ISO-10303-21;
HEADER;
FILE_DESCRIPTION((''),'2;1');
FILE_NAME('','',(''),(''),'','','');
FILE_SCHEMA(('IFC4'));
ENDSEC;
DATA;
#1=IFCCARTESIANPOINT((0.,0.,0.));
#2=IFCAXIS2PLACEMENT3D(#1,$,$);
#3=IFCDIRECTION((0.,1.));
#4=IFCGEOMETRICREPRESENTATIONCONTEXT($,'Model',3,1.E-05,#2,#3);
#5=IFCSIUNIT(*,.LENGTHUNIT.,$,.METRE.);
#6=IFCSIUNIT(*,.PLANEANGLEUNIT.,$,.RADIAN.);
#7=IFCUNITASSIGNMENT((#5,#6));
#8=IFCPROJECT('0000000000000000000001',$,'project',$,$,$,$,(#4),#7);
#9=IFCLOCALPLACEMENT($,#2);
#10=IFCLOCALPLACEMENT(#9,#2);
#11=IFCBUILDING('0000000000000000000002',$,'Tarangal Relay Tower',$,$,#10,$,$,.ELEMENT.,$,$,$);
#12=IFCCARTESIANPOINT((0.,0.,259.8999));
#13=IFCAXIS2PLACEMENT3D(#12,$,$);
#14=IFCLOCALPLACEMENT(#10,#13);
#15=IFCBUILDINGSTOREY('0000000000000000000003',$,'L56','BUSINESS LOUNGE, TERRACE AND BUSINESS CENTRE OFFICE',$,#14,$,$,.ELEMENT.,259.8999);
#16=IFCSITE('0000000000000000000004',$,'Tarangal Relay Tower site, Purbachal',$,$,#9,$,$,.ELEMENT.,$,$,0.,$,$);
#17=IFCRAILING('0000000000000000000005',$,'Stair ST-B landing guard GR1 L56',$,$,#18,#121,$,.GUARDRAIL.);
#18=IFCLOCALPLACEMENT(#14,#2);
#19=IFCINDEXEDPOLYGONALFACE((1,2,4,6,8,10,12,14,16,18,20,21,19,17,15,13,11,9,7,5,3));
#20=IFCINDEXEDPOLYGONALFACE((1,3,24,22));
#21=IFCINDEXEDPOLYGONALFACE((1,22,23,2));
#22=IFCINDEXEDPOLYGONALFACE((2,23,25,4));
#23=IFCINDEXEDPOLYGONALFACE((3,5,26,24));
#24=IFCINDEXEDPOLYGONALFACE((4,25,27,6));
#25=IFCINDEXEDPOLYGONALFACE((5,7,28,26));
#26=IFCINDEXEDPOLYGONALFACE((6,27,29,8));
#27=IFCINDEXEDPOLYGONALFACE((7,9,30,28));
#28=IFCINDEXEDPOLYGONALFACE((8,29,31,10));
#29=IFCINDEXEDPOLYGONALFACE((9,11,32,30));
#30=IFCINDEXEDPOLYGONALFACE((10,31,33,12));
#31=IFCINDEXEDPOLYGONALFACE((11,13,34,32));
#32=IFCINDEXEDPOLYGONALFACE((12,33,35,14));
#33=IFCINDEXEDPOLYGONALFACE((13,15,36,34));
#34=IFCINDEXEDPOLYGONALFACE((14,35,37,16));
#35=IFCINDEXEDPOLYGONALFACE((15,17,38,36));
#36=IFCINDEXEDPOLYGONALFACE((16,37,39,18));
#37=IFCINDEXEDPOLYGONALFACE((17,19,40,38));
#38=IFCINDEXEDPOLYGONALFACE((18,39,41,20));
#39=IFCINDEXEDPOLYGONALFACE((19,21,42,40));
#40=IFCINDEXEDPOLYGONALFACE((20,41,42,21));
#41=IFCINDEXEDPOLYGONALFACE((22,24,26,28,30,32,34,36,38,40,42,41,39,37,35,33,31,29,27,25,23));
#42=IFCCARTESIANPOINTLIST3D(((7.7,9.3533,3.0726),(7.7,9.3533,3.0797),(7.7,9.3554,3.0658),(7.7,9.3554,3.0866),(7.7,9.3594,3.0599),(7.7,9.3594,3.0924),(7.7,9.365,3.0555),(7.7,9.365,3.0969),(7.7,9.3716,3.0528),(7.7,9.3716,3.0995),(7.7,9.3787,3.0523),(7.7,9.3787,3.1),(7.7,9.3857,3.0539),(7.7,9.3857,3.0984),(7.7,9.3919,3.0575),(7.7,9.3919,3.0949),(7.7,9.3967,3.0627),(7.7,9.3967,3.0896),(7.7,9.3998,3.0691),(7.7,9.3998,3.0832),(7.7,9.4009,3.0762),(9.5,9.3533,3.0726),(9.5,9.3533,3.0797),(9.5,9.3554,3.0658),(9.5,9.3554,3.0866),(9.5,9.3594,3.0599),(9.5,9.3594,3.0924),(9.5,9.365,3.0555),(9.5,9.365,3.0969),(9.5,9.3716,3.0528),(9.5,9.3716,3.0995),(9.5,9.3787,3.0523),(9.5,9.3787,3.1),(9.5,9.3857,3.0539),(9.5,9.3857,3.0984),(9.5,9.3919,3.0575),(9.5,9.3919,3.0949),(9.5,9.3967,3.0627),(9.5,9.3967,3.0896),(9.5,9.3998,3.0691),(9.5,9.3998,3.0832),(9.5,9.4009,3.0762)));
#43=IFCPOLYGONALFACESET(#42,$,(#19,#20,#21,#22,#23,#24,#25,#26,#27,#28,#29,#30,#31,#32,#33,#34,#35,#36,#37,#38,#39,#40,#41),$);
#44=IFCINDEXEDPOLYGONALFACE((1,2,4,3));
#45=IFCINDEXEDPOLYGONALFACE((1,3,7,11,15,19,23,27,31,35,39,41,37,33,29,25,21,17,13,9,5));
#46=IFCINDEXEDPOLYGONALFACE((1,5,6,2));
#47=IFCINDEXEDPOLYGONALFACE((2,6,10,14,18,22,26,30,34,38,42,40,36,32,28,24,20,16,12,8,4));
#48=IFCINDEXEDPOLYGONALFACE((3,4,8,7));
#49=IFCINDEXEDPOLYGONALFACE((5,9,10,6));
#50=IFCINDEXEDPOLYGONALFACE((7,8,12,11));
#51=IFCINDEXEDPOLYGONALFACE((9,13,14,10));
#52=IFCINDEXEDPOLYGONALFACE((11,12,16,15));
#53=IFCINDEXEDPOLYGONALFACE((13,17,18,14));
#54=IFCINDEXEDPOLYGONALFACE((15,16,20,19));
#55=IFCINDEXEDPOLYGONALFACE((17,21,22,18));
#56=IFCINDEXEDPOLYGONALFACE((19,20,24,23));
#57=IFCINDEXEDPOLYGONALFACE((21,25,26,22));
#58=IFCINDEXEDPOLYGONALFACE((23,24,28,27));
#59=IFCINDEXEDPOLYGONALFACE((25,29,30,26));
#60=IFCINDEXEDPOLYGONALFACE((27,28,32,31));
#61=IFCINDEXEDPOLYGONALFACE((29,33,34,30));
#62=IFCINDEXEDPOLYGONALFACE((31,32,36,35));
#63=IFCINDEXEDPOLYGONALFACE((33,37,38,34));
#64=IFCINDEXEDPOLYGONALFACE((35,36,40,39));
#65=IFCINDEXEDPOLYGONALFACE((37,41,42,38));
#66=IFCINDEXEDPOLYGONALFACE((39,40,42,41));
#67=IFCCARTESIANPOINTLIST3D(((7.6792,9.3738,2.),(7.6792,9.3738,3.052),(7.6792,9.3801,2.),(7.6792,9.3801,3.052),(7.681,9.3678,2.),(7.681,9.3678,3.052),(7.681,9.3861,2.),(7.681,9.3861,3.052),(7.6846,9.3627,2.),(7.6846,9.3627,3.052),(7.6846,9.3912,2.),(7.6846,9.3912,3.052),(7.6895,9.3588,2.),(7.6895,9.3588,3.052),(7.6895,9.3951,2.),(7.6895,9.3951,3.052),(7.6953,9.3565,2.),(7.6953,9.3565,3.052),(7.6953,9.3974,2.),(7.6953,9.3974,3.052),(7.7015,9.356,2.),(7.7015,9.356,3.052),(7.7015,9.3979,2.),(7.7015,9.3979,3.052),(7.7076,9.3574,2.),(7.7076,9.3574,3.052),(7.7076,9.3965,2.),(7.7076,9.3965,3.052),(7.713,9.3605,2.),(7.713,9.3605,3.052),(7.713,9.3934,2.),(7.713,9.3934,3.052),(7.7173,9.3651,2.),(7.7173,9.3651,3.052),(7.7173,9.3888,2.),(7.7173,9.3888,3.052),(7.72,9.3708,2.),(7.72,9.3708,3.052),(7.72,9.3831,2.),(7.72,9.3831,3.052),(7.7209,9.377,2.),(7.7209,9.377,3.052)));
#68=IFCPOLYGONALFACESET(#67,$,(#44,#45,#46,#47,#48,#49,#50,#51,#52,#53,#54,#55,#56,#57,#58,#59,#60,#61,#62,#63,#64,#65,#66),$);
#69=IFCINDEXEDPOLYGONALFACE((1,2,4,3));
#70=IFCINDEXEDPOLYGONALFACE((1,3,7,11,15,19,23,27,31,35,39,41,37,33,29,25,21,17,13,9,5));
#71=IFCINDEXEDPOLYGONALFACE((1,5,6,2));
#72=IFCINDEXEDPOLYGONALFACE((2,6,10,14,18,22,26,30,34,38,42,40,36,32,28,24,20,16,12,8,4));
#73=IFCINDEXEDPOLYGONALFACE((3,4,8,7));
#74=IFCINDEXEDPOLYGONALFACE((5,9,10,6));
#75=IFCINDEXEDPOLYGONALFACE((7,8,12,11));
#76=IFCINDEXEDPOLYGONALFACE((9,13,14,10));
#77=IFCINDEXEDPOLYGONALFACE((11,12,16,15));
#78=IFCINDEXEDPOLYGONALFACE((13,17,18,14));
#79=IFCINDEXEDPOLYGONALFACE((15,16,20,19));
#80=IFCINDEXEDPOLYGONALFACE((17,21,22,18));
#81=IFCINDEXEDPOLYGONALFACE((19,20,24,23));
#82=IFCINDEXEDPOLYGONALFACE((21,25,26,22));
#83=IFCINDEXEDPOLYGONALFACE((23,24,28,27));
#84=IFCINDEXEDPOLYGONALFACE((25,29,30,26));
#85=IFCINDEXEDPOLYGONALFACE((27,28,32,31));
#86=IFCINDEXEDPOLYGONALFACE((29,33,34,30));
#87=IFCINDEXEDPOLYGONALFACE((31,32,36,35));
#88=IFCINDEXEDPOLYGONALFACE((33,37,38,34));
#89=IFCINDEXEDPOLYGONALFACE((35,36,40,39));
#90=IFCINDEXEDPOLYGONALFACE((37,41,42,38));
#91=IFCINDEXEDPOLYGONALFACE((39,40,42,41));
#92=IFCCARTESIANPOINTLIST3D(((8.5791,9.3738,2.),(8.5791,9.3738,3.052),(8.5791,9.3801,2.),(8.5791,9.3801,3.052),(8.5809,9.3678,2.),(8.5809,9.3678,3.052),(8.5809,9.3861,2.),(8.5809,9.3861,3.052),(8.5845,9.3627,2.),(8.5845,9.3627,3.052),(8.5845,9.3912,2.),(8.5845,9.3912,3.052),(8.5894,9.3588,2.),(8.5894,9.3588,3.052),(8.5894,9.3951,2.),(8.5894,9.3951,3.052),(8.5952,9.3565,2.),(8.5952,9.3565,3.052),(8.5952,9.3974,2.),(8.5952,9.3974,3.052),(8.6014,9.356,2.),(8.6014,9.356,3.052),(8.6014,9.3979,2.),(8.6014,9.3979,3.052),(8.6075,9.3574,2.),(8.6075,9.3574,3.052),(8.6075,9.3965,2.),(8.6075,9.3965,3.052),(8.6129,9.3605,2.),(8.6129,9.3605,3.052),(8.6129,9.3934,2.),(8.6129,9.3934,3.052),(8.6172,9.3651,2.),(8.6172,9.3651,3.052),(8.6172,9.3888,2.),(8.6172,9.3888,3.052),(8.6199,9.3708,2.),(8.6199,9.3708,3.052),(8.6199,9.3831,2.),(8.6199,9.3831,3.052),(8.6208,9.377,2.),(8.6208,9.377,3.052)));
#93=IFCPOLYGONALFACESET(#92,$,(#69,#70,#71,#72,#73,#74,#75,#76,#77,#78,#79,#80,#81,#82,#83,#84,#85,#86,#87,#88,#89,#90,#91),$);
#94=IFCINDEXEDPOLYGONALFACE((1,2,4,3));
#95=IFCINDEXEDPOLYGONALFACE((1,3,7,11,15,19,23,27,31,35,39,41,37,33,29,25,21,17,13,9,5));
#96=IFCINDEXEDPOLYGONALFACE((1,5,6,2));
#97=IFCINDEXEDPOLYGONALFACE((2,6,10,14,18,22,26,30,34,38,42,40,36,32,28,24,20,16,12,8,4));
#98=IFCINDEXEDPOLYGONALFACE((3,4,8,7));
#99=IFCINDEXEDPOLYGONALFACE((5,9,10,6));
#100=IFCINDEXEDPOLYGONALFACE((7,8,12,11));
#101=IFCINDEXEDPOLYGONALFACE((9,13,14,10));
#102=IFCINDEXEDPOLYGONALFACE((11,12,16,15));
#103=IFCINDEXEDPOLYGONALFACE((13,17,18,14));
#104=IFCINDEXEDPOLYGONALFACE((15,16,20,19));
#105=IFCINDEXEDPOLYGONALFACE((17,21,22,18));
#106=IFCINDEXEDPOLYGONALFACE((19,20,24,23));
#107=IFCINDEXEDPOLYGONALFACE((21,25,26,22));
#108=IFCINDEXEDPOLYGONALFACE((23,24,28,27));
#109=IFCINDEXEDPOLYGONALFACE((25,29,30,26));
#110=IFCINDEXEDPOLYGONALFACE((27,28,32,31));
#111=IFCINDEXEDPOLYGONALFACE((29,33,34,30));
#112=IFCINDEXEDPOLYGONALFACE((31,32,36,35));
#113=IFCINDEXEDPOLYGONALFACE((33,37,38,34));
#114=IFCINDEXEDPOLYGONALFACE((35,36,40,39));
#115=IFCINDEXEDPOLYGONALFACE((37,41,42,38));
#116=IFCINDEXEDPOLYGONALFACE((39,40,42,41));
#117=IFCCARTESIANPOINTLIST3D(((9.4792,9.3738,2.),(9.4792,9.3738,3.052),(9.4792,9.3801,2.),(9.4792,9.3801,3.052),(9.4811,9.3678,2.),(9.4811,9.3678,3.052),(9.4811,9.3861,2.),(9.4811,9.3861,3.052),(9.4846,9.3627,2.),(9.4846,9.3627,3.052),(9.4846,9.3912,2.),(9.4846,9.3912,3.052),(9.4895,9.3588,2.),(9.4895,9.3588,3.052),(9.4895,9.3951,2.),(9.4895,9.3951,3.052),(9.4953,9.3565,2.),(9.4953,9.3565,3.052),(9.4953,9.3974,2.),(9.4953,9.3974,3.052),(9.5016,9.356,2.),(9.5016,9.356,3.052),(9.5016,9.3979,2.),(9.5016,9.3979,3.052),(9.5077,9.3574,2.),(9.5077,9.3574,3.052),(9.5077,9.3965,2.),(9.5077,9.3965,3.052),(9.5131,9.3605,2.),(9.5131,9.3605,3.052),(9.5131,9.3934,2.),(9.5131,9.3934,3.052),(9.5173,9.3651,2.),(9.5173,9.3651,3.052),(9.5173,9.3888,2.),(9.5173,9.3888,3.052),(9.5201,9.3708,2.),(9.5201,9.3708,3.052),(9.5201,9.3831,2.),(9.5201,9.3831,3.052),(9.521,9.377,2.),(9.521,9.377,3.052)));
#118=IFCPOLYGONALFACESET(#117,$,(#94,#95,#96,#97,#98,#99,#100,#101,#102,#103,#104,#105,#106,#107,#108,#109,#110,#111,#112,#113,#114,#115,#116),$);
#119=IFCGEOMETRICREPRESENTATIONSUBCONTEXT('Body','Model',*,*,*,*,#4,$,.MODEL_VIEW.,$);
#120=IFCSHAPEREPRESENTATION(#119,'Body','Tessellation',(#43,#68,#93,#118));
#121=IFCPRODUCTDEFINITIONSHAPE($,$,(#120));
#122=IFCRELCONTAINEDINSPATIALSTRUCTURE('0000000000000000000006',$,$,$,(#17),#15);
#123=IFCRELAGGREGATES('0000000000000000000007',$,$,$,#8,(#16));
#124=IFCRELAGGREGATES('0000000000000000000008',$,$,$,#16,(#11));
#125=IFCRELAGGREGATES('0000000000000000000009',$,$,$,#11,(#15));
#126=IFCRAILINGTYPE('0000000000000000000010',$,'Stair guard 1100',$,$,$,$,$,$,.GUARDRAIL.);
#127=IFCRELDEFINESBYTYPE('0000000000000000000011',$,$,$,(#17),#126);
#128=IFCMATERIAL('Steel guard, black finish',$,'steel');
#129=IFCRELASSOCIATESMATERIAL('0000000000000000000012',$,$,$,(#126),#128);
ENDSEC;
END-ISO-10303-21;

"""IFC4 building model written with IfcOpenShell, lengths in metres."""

from ifc_helpers import new_model, si_unit, direction, frame, origin, origin_2d, place, context, subcontext, project, spatial, circle, extrude, material, type_object, element, save


model = new_model("IFC4")

# Units and contexts
model_context = context("Model", 3, precision=1e-05, world=origin(), true_north=direction((0.0, 1.0)))
body_context = subcontext(model_context, "Body", "Model", "MODEL_VIEW")
ifc_project = project(units=[si_unit("LENGTHUNIT", "METRE"), si_unit("PLANEANGLEUNIT", "RADIAN")], contexts=[model_context])

# Site, building, storey
site_placement = place(None, origin())
site = spatial("IfcSite", under=ifc_project, at=site_placement, Name="Tarangal Relay Tower site, Purbachal", CompositionType="ELEMENT", RefElevation=0.0)
building_placement = place(site_placement, origin())
building = spatial("IfcBuilding", under=site, at=building_placement, Name="Tarangal Relay Tower", CompositionType="ELEMENT")
storey_placement = place(building_placement, frame((0.0, 0.0, 259.8999)))
storey = spatial("IfcBuildingStorey", under=building, at=storey_placement, Name="L56", Description="BUSINESS LOUNGE, TERRACE AND BUSINESS CENTRE OFFICE", CompositionType="ELEMENT", Elevation=259.8999)

# Railing
ifc_material_1 = material(Name="Steel guard, black finish", Category="steel")
railing_type_1 = type_object("IfcRailingType", Name="Stair guard 1100", PredefinedType="GUARDRAIL", material=ifc_material_1)
railing_1_placement = place(storey_placement, frame((7.7, 9.377, 2.0)))
element("IfcRailing", 1, at=railing_1_placement, inside=storey, type_object=railing_type_1, Name="Stair ST-B landing guard GR1 L56", PredefinedType="GUARDRAIL", context=body_context, shape_type="SweptSolid", body=[
    extrude(circle(Radius=0.0239, at=origin_2d()), frame((0.0, 0.0, 1.0762), z_axis=(1.0, 0.0, 0.0), x_axis=(0.0, 1.0, 0.0)), (0.0, 0.0, 1.0), 1.8),
    extrude(circle(Radius=0.021, at=origin_2d()), origin(), (0.0, 0.0, 1.0), 1.052),
    extrude(circle(Radius=0.021, at=origin_2d()), frame((0.8999, 0.0, 0.0)), (0.0, 0.0, 1.0), 1.052),
    extrude(circle(Radius=0.021, at=origin_2d()), frame((1.8, 0.0, 0.0)), (0.0, 0.0, 1.0), 1.052),
])

save(model, "model.ifc")
